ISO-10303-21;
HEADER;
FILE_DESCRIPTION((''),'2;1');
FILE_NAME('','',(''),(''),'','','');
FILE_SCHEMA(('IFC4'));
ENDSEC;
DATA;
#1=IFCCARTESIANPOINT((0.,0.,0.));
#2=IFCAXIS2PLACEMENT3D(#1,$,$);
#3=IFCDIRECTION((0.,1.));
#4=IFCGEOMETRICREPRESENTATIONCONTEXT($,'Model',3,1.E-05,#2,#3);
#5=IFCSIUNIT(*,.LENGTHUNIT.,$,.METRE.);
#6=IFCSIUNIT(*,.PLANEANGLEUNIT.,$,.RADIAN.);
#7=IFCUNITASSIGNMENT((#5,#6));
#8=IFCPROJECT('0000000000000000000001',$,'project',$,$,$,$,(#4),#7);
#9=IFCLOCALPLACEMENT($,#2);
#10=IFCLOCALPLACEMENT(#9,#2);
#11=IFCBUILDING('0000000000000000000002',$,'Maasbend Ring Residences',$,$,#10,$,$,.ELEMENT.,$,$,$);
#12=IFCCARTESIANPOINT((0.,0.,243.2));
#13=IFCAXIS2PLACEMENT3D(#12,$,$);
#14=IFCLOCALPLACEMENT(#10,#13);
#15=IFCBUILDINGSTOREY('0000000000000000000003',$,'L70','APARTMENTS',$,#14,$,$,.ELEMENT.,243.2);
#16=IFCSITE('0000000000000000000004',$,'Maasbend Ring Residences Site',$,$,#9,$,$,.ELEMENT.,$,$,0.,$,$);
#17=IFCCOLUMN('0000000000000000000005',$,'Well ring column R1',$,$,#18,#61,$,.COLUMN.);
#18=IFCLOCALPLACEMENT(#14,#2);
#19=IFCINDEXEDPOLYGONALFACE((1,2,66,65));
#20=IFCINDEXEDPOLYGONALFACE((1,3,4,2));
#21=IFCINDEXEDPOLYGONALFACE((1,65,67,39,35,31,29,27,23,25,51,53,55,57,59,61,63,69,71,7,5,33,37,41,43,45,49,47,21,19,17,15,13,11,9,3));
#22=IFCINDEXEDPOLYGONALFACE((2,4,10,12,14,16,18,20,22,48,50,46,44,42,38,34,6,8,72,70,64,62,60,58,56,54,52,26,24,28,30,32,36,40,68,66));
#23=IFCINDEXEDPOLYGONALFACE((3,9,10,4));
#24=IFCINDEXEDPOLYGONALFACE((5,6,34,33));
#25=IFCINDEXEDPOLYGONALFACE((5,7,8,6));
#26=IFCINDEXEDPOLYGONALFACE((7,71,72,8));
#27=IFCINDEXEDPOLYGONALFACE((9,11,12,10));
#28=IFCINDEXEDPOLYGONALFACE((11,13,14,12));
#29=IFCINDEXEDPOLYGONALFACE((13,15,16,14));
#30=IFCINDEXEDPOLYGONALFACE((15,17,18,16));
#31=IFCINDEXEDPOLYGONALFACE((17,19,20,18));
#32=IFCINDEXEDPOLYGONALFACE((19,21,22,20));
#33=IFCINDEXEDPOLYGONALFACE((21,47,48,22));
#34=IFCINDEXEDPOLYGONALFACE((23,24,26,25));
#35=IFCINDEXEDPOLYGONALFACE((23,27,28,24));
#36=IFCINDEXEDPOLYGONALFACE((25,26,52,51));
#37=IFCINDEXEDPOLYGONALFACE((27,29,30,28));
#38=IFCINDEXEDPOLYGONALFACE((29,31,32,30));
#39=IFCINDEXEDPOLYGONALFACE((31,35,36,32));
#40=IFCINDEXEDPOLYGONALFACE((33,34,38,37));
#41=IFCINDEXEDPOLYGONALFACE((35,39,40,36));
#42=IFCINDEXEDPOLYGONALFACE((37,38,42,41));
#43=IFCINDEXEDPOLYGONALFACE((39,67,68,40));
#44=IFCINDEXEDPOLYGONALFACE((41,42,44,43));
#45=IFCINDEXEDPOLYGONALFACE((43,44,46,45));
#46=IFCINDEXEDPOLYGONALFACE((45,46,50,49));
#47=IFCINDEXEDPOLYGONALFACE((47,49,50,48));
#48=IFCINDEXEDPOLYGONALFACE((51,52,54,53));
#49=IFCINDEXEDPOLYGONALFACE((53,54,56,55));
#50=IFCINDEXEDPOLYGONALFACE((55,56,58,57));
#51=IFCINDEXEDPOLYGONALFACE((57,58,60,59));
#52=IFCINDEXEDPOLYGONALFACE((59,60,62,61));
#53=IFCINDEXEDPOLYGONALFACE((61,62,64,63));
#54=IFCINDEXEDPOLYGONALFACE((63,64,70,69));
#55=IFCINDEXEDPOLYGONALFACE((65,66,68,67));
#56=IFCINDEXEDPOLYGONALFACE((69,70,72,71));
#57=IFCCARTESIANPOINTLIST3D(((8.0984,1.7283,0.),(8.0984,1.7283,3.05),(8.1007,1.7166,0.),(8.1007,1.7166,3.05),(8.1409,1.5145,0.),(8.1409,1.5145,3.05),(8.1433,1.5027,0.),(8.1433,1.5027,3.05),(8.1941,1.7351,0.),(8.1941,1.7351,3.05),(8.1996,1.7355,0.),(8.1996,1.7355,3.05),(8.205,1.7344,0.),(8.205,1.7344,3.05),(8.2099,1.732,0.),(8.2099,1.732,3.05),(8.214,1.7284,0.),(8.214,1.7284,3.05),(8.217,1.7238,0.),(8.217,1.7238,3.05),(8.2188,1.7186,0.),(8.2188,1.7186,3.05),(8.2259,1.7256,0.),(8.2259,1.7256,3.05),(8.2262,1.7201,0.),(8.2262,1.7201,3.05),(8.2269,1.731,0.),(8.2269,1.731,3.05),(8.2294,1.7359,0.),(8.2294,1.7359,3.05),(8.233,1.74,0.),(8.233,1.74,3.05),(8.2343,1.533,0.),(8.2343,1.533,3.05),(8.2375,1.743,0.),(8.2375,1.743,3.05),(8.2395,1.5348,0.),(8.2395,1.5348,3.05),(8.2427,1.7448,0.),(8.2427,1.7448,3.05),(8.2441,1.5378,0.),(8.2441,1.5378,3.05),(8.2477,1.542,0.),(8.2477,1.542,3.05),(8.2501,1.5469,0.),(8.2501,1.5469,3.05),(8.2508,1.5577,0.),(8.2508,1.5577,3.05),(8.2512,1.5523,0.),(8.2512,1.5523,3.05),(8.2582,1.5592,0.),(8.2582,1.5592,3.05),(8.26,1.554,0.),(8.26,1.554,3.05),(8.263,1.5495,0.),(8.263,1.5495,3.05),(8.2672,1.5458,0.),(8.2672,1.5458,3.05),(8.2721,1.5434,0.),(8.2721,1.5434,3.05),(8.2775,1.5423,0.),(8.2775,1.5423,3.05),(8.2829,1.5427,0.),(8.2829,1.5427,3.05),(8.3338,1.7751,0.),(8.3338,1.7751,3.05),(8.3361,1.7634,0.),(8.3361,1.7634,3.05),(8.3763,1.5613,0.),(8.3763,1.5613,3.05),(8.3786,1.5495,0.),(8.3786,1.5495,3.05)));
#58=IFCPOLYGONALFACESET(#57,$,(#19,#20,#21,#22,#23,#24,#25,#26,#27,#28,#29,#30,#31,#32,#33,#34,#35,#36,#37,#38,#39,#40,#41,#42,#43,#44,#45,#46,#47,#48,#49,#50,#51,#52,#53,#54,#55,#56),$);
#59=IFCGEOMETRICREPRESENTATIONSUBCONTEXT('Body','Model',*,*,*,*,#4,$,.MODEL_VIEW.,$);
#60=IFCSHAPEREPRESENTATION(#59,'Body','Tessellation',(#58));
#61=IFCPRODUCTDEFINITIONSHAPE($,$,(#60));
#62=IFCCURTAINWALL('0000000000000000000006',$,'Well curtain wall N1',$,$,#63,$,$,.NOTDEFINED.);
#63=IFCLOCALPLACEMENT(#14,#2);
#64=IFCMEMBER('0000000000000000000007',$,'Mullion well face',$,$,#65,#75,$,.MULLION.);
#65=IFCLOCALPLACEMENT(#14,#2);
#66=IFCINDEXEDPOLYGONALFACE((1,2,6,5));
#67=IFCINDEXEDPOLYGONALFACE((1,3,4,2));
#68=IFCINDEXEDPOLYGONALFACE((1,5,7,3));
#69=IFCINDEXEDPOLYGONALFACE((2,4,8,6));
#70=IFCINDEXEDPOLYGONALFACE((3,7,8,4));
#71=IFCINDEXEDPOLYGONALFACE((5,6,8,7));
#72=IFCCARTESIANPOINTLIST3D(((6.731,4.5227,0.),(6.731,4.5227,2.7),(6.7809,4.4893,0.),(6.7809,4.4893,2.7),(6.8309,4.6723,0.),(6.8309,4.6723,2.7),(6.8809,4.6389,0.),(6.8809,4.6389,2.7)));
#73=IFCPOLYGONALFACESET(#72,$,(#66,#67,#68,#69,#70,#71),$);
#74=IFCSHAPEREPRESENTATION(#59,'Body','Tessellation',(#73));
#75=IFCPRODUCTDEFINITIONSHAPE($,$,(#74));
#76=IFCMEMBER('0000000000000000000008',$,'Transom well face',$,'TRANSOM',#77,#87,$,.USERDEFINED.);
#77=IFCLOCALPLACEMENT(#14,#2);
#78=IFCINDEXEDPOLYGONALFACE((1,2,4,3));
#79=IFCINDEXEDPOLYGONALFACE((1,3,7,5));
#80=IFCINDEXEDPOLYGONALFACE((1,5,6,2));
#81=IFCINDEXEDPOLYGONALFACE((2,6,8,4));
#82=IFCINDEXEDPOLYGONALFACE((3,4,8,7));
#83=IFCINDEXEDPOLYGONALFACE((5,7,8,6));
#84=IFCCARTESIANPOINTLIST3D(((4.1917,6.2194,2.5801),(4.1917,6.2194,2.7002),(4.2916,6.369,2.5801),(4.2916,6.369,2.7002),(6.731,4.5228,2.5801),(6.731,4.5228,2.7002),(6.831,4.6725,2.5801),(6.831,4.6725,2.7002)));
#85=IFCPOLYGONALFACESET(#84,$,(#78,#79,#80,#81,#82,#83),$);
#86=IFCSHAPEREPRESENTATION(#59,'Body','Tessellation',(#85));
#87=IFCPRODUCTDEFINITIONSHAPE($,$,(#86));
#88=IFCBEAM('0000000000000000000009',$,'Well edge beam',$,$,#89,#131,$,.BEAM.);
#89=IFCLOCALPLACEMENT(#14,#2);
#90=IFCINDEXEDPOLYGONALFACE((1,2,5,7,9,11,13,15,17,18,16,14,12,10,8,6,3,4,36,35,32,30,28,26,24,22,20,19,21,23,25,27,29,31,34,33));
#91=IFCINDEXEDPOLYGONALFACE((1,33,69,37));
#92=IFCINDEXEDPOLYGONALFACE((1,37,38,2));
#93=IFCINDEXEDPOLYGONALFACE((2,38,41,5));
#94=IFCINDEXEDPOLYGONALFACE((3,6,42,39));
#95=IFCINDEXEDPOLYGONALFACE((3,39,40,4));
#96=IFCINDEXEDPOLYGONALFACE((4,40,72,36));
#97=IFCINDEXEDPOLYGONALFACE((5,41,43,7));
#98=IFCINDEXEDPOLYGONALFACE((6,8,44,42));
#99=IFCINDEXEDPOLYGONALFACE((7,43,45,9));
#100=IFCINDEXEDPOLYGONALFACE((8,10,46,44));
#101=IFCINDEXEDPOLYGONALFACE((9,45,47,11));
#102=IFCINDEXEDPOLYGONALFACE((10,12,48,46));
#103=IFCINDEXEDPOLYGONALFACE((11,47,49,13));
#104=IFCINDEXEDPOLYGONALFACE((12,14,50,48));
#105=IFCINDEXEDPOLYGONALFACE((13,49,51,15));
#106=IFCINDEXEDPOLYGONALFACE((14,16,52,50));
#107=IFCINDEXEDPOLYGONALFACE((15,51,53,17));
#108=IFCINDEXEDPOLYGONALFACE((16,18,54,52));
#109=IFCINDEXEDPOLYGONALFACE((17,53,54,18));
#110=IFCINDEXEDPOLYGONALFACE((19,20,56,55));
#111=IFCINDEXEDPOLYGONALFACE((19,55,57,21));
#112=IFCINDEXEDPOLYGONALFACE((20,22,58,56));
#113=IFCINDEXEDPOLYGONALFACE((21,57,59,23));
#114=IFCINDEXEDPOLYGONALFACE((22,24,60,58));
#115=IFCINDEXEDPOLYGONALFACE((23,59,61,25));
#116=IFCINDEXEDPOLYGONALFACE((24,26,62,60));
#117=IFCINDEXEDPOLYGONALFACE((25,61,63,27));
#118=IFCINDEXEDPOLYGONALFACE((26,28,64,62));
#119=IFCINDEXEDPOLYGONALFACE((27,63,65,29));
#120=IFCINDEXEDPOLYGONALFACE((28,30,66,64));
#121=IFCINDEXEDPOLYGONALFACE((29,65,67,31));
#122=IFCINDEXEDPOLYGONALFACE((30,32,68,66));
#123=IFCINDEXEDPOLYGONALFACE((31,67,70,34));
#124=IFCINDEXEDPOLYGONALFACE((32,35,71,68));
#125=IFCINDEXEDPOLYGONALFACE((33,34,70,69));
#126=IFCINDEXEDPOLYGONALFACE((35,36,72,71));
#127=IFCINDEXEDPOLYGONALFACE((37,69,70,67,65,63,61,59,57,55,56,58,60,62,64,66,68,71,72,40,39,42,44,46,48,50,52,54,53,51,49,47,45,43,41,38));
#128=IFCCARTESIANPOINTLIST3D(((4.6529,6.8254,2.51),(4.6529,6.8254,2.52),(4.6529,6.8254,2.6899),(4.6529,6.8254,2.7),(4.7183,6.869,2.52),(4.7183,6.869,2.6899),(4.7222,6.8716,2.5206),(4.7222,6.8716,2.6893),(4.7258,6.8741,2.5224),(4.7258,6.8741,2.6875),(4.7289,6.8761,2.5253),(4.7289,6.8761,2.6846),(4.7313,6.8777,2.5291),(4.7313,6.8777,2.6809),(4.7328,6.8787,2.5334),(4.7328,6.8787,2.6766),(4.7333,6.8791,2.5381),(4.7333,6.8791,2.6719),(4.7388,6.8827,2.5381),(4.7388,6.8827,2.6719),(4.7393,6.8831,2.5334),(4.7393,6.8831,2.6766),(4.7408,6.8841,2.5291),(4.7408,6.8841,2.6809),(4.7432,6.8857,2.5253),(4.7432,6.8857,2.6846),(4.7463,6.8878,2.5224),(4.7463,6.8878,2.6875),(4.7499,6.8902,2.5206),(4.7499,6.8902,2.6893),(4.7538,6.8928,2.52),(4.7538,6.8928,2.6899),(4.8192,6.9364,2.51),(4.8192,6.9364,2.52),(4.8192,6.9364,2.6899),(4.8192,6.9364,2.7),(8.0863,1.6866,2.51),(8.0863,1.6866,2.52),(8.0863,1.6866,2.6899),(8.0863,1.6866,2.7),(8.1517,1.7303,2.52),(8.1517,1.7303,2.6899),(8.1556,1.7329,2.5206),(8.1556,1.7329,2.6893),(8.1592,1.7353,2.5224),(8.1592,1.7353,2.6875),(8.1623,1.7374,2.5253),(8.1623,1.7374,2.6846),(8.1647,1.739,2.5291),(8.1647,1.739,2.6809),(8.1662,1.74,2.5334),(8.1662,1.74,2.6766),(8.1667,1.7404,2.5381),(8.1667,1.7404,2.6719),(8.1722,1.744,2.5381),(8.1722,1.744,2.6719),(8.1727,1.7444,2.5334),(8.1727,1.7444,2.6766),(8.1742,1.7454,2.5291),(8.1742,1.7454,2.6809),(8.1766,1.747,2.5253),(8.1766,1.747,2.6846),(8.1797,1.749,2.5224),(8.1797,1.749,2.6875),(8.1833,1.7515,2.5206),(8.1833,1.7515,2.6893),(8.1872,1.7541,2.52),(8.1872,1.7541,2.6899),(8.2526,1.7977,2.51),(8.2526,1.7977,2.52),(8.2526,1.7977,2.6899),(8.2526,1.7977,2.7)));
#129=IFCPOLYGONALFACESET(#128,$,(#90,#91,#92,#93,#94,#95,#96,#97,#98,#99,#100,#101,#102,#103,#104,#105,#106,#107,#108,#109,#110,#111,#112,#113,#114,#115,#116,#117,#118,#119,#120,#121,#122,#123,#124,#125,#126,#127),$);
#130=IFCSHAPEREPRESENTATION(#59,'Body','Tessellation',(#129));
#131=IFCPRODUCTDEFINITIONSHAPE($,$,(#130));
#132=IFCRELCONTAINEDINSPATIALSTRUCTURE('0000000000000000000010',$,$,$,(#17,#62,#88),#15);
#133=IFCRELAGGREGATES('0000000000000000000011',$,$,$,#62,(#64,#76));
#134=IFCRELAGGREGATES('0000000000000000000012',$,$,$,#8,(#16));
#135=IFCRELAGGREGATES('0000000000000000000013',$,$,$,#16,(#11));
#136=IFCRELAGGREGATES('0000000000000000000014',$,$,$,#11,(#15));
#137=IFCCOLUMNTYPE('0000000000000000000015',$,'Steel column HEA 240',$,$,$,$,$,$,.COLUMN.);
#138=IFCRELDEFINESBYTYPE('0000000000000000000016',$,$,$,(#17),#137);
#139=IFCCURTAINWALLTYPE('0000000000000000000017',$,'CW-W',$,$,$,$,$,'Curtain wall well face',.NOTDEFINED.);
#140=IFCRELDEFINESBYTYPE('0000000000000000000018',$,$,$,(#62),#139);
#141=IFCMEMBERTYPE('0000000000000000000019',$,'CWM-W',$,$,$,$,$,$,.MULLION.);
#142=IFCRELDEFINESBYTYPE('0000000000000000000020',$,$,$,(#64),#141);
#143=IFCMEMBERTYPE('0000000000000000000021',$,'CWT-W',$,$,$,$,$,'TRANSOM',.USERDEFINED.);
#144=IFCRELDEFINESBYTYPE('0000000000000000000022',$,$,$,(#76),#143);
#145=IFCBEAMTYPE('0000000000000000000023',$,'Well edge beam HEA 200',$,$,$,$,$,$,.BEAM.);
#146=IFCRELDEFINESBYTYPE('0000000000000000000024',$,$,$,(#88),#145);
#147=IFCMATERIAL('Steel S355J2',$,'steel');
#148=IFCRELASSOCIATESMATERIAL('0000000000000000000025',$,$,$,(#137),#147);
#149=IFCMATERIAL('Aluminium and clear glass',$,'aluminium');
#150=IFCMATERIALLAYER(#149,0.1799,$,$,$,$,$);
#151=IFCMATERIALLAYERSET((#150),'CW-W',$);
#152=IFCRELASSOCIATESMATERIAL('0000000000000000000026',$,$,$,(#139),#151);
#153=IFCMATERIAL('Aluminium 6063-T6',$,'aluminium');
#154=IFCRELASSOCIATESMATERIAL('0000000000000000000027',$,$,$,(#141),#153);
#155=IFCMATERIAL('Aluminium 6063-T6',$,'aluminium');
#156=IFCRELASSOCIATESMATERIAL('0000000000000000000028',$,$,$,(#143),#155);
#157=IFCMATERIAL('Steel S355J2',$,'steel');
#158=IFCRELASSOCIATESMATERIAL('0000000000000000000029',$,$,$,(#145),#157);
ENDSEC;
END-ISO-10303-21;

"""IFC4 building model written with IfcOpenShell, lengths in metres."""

from ifc_helpers import new_model, si_unit, direction, frame, origin, origin_2d, place, context, subcontext, project, spatial, rectangle, i_section, extrude, material, layer, layer_set, material_profile, profile_set, type_object, element, aggregate, save


model = new_model("IFC4")

# Units and contexts
model_context = context("Model", 3, precision=1e-05, world=origin(), true_north=direction((0.0, 1.0)))
body_context = subcontext(model_context, "Body", "Model", "MODEL_VIEW")
ifc_project = project(units=[si_unit("LENGTHUNIT", "METRE"), si_unit("PLANEANGLEUNIT", "RADIAN")], contexts=[model_context])

# Site, building, storey
site_placement = place(None, origin())
site = spatial("IfcSite", under=ifc_project, at=site_placement, Name="Maasbend Ring Residences Site", CompositionType="ELEMENT", RefElevation=0.0)
building_placement = place(site_placement, origin())
building = spatial("IfcBuilding", under=site, at=building_placement, Name="Maasbend Ring Residences", CompositionType="ELEMENT")
storey_placement = place(building_placement, frame((0.0, 0.0, 243.2)))
storey = spatial("IfcBuildingStorey", under=building, at=storey_placement, Name="L70", Description="APARTMENTS", CompositionType="ELEMENT", Elevation=243.2)

# Column
ifc_material_1 = material(Name="Steel S355J2", Category="steel")
ifc_material_profile_1 = material_profile(ifc_material_1, i_section(OverallWidth=0.24, OverallDepth=0.23, WebThickness=0.0076, FlangeThickness=0.012, FilletRadius=0.021, at=origin_2d()), Name="HEA 240")
ifc_profile_set_1 = profile_set([ifc_material_profile_1], Name="Steel S355J2")
column_type = type_object("IfcColumnType", Name="Steel column HEA 240", PredefinedType="COLUMN", material=ifc_profile_set_1)
column_placement = place(storey_placement, frame((8.2385, 1.6389, 0.0), z_axis=(0.0, 0.0, 1.0), x_axis=(0.980785, 0.19509, 0.0)))
element("IfcColumn", 1, at=column_placement, inside=storey, type_object=column_type, Name="Well ring column R1", PredefinedType="COLUMN", context=body_context, shape_type="SweptSolid", body=[
    extrude(i_section(OverallWidth=0.24, OverallDepth=0.23, WebThickness=0.0076, FlangeThickness=0.012, FilletRadius=0.021, at=origin_2d()), origin(), (0.0, 0.0, 1.0), 3.05),
])

# Curtain wall, members
ifc_material_2 = material(Name="Aluminium and clear glass", Category="aluminium")
ifc_layer_1 = layer(ifc_material_2, 0.1799)
ifc_layer_set_1 = layer_set([ifc_layer_1], Name="CW-W")
curtain_wall_type = type_object("IfcCurtainWallType", Name="CW-W", ElementType="Curtain wall well face", PredefinedType="NOTDEFINED", material=ifc_layer_set_1)
curtain_wall_placement = place(storey_placement, origin())
curtain_wall = element("IfcCurtainWall", 2, at=curtain_wall_placement, inside=storey, type_object=curtain_wall_type, Name="Well curtain wall N1", PredefinedType="NOTDEFINED")
ifc_material_3 = material(Name="Aluminium 6063-T6", Category="aluminium")
ifc_material_profile_2 = material_profile(ifc_material_3, rectangle(XDim=0.1799, YDim=0.0601, at=origin_2d()), Name="AL 180x60")
ifc_profile_set_2 = profile_set([ifc_material_profile_2], Name="Aluminium 6063-T6")
member_type_1 = type_object("IfcMemberType", Name="CWM-W", PredefinedType="MULLION", material=ifc_profile_set_2)
member_1_placement = place(storey_placement, frame((6.8059, 4.5808, 0.0), z_axis=(0.0, 0.0, 1.0), x_axis=(-0.55557, -0.83147, 0.0)))
member_1 = element("IfcMember", 3, at=member_1_placement, type_object=member_type_1, Name="Mullion well face", PredefinedType="MULLION", context=body_context, shape_type="SweptSolid", body=[
    extrude(rectangle(XDim=0.1799, YDim=0.0601, at=origin_2d()), origin(), (0.0, 0.0, 1.0), 2.7),
])
ifc_material_4 = material(Name="Aluminium 6063-T6", Category="aluminium")
ifc_material_profile_3 = material_profile(ifc_material_4, rectangle(XDim=0.1799, YDim=0.1201, at=origin_2d()), Name="AL 180x120")
ifc_profile_set_3 = profile_set([ifc_material_profile_3], Name="Aluminium 6063-T6")
member_type_2 = type_object("IfcMemberType", Name="CWT-W", ElementType="TRANSOM", PredefinedType="USERDEFINED", material=ifc_profile_set_3)
member_2_placement = place(storey_placement, frame((6.781, 4.5977, 2.6401), z_axis=(-0.831496, 0.55553, 0.0), x_axis=(-0.55553, -0.831496, 0.0)))
member_2 = element("IfcMember", 4, at=member_2_placement, type_object=member_type_2, Name="Transom well face", ObjectType="TRANSOM", PredefinedType="USERDEFINED", context=body_context, shape_type="SweptSolid", body=[
    extrude(rectangle(XDim=0.1799, YDim=0.1201, at=origin_2d()), origin(), (0.0, 0.0, 1.0), 3.054),
])
aggregate(curtain_wall, [member_1, member_2])

# Beam
ifc_material_5 = material(Name="Steel S355J2", Category="steel")
ifc_material_profile_4 = material_profile(ifc_material_5, i_section(OverallWidth=0.2, OverallDepth=0.1899, WebThickness=0.0066, FlangeThickness=0.01, FilletRadius=0.0181, at=origin_2d()), Name="HEA 200")
ifc_profile_set_4 = profile_set([ifc_material_profile_4], Name="Steel S355J2")
beam_type = type_object("IfcBeamType", Name="Well edge beam HEA 200", PredefinedType="BEAM", material=ifc_profile_set_4)
beam_placement = place(storey_placement, frame((8.1694, 1.7422, 2.605), z_axis=(-0.555548, 0.831485, 0.0), x_axis=(-0.831485, -0.555548, 0.0)))
element("IfcBeam", 5, at=beam_placement, inside=storey, type_object=beam_type, Name="Well edge beam", PredefinedType="BEAM", context=body_context, shape_type="SweptSolid", body=[
    extrude(i_section(OverallWidth=0.2, OverallDepth=0.1899, WebThickness=0.0066, FlangeThickness=0.01, FilletRadius=0.0181, at=origin_2d()), origin(), (0.0, 0.0, 1.0), 6.1802),
])

save(model, "model.ifc")
